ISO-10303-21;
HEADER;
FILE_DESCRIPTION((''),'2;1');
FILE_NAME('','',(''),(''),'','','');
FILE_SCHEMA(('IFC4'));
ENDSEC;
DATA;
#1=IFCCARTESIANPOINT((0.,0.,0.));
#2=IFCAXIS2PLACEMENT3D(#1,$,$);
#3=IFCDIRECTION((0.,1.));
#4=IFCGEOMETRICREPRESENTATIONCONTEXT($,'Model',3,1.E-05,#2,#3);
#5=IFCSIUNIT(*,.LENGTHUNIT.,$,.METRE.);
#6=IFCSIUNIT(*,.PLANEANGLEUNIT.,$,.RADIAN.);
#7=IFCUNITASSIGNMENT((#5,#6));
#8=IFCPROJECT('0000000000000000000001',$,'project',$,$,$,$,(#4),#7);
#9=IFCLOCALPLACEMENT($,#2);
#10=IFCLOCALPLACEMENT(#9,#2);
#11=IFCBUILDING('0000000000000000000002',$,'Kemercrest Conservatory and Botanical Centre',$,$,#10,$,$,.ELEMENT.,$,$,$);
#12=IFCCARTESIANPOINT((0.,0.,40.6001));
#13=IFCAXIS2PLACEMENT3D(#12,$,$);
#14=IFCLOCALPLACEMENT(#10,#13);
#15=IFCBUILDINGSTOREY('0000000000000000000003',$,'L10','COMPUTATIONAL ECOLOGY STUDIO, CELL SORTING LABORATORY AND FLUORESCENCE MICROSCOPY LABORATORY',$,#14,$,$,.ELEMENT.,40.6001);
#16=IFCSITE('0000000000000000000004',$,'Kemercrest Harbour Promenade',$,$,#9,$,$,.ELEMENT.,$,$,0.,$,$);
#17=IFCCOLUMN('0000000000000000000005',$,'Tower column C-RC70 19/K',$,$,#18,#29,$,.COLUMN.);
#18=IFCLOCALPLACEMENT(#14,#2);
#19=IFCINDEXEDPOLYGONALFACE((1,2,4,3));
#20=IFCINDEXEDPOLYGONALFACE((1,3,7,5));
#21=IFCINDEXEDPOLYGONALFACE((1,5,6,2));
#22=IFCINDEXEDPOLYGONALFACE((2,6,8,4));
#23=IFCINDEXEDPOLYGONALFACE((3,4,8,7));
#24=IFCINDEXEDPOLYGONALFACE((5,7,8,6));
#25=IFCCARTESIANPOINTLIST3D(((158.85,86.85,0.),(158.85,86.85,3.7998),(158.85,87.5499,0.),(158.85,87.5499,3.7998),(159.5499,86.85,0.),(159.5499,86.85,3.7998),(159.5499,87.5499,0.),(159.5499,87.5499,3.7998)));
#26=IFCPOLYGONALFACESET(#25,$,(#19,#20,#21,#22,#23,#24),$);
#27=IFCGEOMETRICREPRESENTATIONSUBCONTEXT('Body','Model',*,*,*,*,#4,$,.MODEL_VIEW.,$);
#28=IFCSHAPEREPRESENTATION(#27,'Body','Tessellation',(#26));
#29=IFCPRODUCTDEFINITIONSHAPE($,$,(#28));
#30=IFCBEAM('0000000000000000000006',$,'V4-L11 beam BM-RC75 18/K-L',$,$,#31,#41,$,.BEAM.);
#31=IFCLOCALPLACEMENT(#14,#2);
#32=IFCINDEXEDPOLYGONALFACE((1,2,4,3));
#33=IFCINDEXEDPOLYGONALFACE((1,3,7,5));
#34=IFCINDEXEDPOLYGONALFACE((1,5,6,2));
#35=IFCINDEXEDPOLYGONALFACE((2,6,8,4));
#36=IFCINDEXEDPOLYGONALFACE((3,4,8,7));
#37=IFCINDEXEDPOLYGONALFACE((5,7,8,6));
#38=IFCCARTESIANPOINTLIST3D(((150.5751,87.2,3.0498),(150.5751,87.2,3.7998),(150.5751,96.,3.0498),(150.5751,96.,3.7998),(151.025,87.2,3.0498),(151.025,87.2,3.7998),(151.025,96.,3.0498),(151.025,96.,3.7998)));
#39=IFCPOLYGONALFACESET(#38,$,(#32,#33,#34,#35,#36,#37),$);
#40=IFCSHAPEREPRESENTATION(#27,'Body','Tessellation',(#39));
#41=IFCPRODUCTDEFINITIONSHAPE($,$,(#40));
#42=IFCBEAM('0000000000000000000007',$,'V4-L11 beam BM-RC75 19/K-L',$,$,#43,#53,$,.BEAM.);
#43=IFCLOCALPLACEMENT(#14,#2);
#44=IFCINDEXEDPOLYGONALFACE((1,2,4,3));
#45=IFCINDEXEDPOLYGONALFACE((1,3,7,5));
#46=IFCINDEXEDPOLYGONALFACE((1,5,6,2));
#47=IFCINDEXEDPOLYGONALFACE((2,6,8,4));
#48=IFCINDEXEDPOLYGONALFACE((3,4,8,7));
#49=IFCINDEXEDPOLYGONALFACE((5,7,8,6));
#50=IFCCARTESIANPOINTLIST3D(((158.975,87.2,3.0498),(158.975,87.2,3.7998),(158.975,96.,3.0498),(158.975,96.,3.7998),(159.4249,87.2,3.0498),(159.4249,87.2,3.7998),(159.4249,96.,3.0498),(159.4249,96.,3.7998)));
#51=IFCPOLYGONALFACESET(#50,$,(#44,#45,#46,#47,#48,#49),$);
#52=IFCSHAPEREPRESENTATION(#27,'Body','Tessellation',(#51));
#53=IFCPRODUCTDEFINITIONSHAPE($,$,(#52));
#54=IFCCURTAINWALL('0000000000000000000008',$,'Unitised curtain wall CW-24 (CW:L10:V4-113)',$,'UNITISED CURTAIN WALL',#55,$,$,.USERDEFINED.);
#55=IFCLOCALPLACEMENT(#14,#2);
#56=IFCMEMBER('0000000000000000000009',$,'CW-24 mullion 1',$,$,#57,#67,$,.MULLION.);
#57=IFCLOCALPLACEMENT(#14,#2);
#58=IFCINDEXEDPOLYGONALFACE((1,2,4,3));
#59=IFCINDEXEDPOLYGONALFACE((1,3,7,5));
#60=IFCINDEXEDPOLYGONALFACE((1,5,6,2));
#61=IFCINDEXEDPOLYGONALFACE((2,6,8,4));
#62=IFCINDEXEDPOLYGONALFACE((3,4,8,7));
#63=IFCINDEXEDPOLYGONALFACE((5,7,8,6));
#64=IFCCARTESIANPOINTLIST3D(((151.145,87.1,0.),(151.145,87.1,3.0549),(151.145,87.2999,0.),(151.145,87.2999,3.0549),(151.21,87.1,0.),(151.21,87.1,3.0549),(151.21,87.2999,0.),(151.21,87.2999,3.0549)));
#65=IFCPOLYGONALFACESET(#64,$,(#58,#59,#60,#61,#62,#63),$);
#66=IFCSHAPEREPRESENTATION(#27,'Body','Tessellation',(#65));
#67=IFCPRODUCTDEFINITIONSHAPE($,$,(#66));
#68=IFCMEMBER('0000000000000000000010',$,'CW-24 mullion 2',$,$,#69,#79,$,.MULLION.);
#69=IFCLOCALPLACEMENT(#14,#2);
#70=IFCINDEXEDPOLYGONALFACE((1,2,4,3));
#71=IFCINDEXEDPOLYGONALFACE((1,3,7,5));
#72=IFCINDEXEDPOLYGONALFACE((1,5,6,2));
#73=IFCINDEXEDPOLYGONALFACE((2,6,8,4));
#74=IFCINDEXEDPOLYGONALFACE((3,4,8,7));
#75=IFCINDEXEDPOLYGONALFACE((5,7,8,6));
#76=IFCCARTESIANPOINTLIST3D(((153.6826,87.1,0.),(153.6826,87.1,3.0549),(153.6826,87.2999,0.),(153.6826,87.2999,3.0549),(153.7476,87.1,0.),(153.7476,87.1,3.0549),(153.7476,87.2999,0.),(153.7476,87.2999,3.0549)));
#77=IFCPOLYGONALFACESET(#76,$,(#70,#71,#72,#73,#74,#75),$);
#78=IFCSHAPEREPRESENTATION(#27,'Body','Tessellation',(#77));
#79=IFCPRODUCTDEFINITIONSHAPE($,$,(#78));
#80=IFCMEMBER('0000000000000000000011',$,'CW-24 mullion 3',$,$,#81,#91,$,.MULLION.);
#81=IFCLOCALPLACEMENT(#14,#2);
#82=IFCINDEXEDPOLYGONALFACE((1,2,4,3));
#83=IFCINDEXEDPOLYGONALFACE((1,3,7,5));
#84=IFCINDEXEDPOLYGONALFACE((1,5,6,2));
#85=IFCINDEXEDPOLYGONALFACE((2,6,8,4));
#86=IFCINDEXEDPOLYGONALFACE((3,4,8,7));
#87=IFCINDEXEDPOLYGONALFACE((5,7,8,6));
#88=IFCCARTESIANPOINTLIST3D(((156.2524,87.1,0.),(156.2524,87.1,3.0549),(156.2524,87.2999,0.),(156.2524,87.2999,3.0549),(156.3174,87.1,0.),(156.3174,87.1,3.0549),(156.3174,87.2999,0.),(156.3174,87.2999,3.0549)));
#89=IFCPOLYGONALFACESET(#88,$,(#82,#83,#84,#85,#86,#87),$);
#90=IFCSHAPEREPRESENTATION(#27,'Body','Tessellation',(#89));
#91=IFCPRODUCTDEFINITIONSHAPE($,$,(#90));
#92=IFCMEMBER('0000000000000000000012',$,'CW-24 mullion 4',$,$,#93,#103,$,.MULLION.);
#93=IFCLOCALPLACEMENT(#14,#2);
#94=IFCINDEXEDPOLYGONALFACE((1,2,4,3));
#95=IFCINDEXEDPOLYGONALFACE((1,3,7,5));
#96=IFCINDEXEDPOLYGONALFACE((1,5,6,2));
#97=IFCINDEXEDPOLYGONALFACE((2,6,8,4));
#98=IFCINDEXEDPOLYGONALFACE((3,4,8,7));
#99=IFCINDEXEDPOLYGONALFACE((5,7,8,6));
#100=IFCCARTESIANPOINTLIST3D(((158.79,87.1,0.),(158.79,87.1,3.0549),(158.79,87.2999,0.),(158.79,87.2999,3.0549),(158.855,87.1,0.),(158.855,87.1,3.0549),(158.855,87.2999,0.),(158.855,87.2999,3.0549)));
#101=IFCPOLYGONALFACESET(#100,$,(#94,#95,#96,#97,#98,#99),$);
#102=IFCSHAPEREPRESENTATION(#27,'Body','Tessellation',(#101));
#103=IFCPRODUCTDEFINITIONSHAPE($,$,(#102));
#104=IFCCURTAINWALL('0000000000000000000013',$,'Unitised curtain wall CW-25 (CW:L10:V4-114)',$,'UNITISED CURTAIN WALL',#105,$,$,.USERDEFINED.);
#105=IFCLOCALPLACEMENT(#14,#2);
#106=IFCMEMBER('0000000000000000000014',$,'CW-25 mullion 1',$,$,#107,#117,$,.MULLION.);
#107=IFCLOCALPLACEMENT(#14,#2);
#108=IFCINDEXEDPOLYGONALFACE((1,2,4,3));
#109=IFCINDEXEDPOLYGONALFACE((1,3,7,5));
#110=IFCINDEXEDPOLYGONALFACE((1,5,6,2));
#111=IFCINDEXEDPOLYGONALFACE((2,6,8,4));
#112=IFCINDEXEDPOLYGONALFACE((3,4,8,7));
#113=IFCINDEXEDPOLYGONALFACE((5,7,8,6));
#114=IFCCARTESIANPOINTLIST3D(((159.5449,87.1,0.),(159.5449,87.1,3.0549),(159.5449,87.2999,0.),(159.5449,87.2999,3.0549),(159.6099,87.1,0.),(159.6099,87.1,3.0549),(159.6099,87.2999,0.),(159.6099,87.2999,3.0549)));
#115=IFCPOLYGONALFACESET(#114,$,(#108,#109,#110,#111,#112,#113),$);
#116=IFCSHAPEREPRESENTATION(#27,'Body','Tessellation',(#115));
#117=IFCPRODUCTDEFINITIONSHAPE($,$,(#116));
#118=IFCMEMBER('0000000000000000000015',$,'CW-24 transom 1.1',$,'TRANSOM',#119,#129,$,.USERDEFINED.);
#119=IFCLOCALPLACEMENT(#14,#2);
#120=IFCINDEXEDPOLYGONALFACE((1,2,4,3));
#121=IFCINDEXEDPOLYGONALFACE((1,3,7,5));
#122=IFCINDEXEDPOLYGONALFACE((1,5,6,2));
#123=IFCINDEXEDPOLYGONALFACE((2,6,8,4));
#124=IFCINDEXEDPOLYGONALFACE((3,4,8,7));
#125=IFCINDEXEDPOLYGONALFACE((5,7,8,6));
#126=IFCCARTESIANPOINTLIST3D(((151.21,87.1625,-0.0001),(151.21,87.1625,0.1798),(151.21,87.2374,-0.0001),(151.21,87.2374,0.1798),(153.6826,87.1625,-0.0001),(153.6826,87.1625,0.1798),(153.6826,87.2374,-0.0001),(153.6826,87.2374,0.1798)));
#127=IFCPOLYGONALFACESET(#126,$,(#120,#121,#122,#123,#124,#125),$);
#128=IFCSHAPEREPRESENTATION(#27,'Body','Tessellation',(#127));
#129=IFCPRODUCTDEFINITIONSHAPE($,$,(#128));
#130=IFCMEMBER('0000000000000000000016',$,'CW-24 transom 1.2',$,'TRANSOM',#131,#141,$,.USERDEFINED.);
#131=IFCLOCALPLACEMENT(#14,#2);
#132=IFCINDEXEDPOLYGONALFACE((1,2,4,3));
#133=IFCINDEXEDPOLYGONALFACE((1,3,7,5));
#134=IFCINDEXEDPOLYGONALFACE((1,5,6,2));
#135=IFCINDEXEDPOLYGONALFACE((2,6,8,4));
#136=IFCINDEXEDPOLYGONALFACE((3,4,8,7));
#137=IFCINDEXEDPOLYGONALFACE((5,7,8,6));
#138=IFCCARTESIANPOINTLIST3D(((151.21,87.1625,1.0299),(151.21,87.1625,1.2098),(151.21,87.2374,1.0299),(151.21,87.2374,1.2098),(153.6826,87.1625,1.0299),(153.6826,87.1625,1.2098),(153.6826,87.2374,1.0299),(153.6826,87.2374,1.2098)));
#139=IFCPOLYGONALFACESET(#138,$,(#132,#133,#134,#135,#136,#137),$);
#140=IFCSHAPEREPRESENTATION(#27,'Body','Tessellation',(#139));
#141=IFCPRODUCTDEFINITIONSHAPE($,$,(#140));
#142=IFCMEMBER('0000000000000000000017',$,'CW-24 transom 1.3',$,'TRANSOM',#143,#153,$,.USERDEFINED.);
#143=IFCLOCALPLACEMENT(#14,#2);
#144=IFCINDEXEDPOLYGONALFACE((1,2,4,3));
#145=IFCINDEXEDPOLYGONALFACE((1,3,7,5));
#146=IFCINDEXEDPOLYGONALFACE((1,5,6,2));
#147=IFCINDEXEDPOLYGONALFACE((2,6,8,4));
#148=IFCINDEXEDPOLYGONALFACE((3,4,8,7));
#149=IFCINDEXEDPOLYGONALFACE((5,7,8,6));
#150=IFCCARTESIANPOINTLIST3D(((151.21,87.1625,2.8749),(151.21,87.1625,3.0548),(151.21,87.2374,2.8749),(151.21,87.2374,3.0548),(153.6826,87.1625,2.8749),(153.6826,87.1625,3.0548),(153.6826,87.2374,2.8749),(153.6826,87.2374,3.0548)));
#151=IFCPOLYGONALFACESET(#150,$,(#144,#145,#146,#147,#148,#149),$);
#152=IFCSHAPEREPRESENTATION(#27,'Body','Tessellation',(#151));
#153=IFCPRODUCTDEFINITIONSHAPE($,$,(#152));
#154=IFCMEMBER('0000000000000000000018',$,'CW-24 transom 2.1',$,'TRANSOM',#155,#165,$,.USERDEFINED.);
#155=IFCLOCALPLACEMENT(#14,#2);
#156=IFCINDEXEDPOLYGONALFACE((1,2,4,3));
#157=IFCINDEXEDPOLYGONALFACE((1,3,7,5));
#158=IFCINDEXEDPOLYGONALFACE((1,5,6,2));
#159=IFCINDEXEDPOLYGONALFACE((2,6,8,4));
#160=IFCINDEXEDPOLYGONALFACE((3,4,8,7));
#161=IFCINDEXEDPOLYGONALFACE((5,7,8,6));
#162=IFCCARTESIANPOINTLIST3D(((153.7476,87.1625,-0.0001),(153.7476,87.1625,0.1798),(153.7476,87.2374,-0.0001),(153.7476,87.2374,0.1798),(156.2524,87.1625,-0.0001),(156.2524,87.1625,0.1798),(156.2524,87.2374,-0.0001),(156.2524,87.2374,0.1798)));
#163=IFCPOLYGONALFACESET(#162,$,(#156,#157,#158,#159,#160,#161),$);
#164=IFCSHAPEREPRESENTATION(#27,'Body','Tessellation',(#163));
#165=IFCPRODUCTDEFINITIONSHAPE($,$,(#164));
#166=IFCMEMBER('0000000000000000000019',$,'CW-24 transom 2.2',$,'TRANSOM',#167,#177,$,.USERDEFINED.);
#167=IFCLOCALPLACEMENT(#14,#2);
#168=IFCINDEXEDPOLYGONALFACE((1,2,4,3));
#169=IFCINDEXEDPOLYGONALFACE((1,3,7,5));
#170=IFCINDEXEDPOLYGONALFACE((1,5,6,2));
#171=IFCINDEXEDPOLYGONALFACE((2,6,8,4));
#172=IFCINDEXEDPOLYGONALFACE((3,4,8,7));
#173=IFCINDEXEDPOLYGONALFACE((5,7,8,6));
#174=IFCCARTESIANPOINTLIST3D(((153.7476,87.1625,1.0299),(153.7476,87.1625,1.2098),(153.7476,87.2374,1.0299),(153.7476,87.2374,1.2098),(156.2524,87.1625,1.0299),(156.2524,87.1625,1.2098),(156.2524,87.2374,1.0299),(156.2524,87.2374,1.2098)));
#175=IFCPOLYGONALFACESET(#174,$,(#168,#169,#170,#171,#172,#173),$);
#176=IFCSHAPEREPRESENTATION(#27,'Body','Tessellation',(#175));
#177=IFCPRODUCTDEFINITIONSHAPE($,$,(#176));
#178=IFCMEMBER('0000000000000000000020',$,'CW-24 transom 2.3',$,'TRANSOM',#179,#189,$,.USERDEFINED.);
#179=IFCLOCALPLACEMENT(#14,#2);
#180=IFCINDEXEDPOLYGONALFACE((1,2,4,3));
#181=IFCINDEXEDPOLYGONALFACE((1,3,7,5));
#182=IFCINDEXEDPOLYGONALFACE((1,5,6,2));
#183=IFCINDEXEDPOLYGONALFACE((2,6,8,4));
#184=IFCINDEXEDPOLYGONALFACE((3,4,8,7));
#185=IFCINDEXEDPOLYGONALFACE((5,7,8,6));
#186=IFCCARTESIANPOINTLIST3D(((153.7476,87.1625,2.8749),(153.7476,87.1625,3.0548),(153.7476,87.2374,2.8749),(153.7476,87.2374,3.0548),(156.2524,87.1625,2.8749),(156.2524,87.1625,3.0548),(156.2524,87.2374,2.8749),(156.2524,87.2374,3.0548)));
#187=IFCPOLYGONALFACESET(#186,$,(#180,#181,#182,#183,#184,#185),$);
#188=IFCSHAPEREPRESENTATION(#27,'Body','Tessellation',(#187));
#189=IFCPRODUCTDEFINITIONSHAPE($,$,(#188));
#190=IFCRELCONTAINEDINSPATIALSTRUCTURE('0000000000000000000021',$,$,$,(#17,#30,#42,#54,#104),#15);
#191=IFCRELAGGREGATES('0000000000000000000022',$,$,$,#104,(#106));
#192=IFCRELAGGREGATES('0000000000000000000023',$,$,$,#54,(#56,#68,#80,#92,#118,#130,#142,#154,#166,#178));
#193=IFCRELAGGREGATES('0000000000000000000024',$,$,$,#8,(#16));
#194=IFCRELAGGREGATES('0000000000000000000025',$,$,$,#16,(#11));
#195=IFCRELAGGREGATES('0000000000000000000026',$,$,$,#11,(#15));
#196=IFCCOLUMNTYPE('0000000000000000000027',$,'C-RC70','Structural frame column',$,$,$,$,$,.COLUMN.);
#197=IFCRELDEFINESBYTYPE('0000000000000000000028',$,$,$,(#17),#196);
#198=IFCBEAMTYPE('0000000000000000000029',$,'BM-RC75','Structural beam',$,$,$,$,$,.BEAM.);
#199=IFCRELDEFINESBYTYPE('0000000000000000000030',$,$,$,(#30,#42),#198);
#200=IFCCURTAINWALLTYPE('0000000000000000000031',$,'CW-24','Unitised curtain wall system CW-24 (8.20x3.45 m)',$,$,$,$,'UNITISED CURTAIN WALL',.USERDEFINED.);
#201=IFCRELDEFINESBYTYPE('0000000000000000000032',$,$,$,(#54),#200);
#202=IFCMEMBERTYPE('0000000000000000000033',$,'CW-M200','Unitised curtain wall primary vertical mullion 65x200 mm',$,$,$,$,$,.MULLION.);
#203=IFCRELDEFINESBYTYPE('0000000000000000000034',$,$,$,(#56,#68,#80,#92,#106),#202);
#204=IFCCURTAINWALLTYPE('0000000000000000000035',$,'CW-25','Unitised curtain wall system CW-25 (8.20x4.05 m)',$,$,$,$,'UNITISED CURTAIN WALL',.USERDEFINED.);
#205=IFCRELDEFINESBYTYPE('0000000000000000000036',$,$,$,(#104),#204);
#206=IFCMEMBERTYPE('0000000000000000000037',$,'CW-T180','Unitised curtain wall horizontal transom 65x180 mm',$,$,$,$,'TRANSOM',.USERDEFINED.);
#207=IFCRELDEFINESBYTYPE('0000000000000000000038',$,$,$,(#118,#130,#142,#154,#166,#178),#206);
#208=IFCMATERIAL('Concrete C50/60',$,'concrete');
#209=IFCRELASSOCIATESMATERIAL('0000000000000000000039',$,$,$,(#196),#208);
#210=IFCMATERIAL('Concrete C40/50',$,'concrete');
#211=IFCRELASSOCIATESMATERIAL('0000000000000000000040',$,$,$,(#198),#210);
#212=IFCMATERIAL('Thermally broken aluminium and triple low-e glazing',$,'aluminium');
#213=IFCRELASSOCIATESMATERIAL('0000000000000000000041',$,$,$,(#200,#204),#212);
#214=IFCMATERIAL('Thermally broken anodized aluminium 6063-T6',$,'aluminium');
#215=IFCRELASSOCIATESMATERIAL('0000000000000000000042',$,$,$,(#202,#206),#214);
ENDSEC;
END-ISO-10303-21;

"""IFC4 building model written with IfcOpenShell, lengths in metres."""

from ifc_helpers import new_model, si_unit, direction, frame, origin, origin_2d, place, context, subcontext, project, spatial, rectangle, extrude, material, material_profile, profile_set, type_object, element, aggregate, save


model = new_model("IFC4")

# Units and contexts
model_context = context("Model", 3, precision=1e-05, world=origin(), true_north=direction((0.0, 1.0)))
body_context = subcontext(model_context, "Body", "Model", "MODEL_VIEW")
ifc_project = project(units=[si_unit("LENGTHUNIT", "METRE"), si_unit("PLANEANGLEUNIT", "RADIAN")], contexts=[model_context])

# Site, building, storey
site_placement = place(None, origin())
site = spatial("IfcSite", under=ifc_project, at=site_placement, Name="Kemercrest Harbour Promenade", CompositionType="ELEMENT", RefElevation=0.0)
building_placement = place(site_placement, origin())
building = spatial("IfcBuilding", under=site, at=building_placement, Name="Kemercrest Conservatory and Botanical Centre", CompositionType="ELEMENT")
storey_placement = place(building_placement, frame((0.0, 0.0, 40.6001)))
storey = spatial("IfcBuildingStorey", under=building, at=storey_placement, Name="L10", Description="COMPUTATIONAL ECOLOGY STUDIO, CELL SORTING LABORATORY AND FLUORESCENCE MICROSCOPY LABORATORY", CompositionType="ELEMENT", Elevation=40.6001)

# Column
ifc_material_1 = material(Name="Concrete C50/60", Category="concrete")
ifc_material_profile_1 = material_profile(ifc_material_1, rectangle(XDim=0.7, YDim=0.7, at=origin_2d()), Name="RC 700x700")
ifc_profile_set_1 = profile_set([ifc_material_profile_1], Name="Concrete C50/60")
column_type = type_object("IfcColumnType", Name="C-RC70", Description="Structural frame column", PredefinedType="COLUMN", material=ifc_profile_set_1)
column_placement = place(storey_placement, frame((159.2, 87.2, 0.0), z_axis=(0.0, 0.0, 1.0), x_axis=(1.0, 0.0, 0.0)))
element("IfcColumn", 1, at=column_placement, inside=storey, type_object=column_type, Name="Tower column C-RC70 19/K", PredefinedType="COLUMN", context=body_context, shape_type="SweptSolid", body=[
    extrude(rectangle(XDim=0.7, YDim=0.7, at=origin_2d()), origin(), (0.0, 0.0, 1.0), 3.7998),
])

# Beams
ifc_material_2 = material(Name="Concrete C40/50", Category="concrete")
ifc_material_profile_2 = material_profile(ifc_material_2, rectangle(XDim=0.45, YDim=0.75, at=origin_2d()), Name="RC 450x750")
ifc_profile_set_2 = profile_set([ifc_material_profile_2], Name="Concrete C40/50")
beam_type_1 = type_object("IfcBeamType", Name="BM-RC75", Description="Structural beam", PredefinedType="BEAM", material=ifc_profile_set_2)
for number, where, z_axis, x_axis, name in (
    (2, (150.8, 87.2, 3.4248), (0.0, 1.0, 0.0), (-1.0, 0.0, 0.0), "V4-L11 beam BM-RC75 18/K-L"),
    (3, (159.2, 87.2, 3.4248), (0.0, 1.0, 0.0), (-1.0, 0.0, 0.0), "V4-L11 beam BM-RC75 19/K-L"),
):
    element("IfcBeam", number, at=place(storey_placement, frame(where, z_axis=z_axis, x_axis=x_axis)), inside=storey, type_object=beam_type_1, Name=name, PredefinedType="BEAM", context=body_context, shape_type="SweptSolid", body=[
        extrude(rectangle(XDim=0.45, YDim=0.75, at=origin_2d()), origin(), (0.0, 0.0, 1.0), 8.8),
    ])

# Curtain wall, members
ifc_material_3 = material(Name="Thermally broken aluminium and triple low-e glazing", Category="aluminium")
curtain_wall_type_1 = type_object("IfcCurtainWallType", Name="CW-24", Description="Unitised curtain wall system CW-24 (8.20x3.45 m)", ElementType="UNITISED CURTAIN WALL", PredefinedType="USERDEFINED", material=ifc_material_3)
curtain_wall_1_placement = place(storey_placement, origin())
curtain_wall_1 = element("IfcCurtainWall", 4, at=curtain_wall_1_placement, inside=storey, type_object=curtain_wall_type_1, Name="Unitised curtain wall CW-24 (CW:L10:V4-113)", ObjectType="UNITISED CURTAIN WALL", PredefinedType="USERDEFINED")
ifc_material_4 = material(Name="Thermally broken anodized aluminium 6063-T6", Category="aluminium")
ifc_material_profile_3 = material_profile(ifc_material_4, rectangle(XDim=0.2, YDim=0.0649, at=origin_2d()), Name="AL MULLION 65x200")
ifc_profile_set_3 = profile_set([ifc_material_profile_3], Name="Thermally broken anodized aluminium 6063-T6")
member_type_1 = type_object("IfcMemberType", Name="CW-M200", Description="Unitised curtain wall primary vertical mullion 65x200 mm", PredefinedType="MULLION", material=ifc_profile_set_3)
member_1_placement = place(storey_placement, frame((151.1775, 87.2, 0.0), z_axis=(0.0, 0.0, 1.0), x_axis=(0.0, 1.0, 0.0)))
member_1 = element("IfcMember", 5, at=member_1_placement, type_object=member_type_1, Name="CW-24 mullion 1", PredefinedType="MULLION", context=body_context, shape_type="SweptSolid", body=[
    extrude(rectangle(XDim=0.2, YDim=0.0649, at=origin_2d()), origin(), (0.0, 0.0, 1.0), 3.0549),
])
member_2_placement = place(storey_placement, frame((153.7151, 87.2, 0.0), z_axis=(0.0, 0.0, 1.0), x_axis=(0.0, 1.0, 0.0)))
member_2 = element("IfcMember", 6, at=member_2_placement, type_object=member_type_1, Name="CW-24 mullion 2", PredefinedType="MULLION", context=body_context, shape_type="SweptSolid", body=[
    extrude(rectangle(XDim=0.2, YDim=0.0649, at=origin_2d()), origin(), (0.0, 0.0, 1.0), 3.0549),
])
member_3_placement = place(storey_placement, frame((156.2849, 87.2, 0.0), z_axis=(0.0, 0.0, 1.0), x_axis=(0.0, 1.0, 0.0)))
member_3 = element("IfcMember", 7, at=member_3_placement, type_object=member_type_1, Name="CW-24 mullion 3", PredefinedType="MULLION", context=body_context, shape_type="SweptSolid", body=[
    extrude(rectangle(XDim=0.2, YDim=0.0649, at=origin_2d()), origin(), (0.0, 0.0, 1.0), 3.0549),
])
member_4_placement = place(storey_placement, frame((158.8225, 87.2, 0.0), z_axis=(0.0, 0.0, 1.0), x_axis=(0.0, 1.0, 0.0)))
member_4 = element("IfcMember", 8, at=member_4_placement, type_object=member_type_1, Name="CW-24 mullion 4", PredefinedType="MULLION", context=body_context, shape_type="SweptSolid", body=[
    extrude(rectangle(XDim=0.2, YDim=0.0649, at=origin_2d()), origin(), (0.0, 0.0, 1.0), 3.0549),
])

# Curtain wall, member
curtain_wall_type_2 = type_object("IfcCurtainWallType", Name="CW-25", Description="Unitised curtain wall system CW-25 (8.20x4.05 m)", ElementType="UNITISED CURTAIN WALL", PredefinedType="USERDEFINED", material=ifc_material_3)
curtain_wall_2_placement = place(storey_placement, origin())
curtain_wall_2 = element("IfcCurtainWall", 9, at=curtain_wall_2_placement, inside=storey, type_object=curtain_wall_type_2, Name="Unitised curtain wall CW-25 (CW:L10:V4-114)", ObjectType="UNITISED CURTAIN WALL", PredefinedType="USERDEFINED")
member_5_placement = place(storey_placement, frame((159.5774, 87.2, 0.0), z_axis=(0.0, 0.0, 1.0), x_axis=(0.0, 1.0, 0.0)))
member_5 = element("IfcMember", 10, at=member_5_placement, type_object=member_type_1, Name="CW-25 mullion 1", PredefinedType="MULLION", context=body_context, shape_type="SweptSolid", body=[
    extrude(rectangle(XDim=0.2, YDim=0.0649, at=origin_2d()), origin(), (0.0, 0.0, 1.0), 3.0549),
])

# Members
ifc_material_profile_4 = material_profile(ifc_material_4, rectangle(XDim=0.075, YDim=0.1799, at=origin_2d()), Name="AL TRANSOM 75x180")
ifc_profile_set_4 = profile_set([ifc_material_profile_4], Name="Thermally broken anodized aluminium 6063-T6")
member_type_2 = type_object("IfcMemberType", Name="CW-T180", Description="Unitised curtain wall horizontal transom 65x180 mm", ElementType="TRANSOM", PredefinedType="USERDEFINED", material=ifc_profile_set_4)
member_6_placement = place(storey_placement, frame((151.21, 87.2, 0.0898), z_axis=(1.0, 0.0, 0.0), x_axis=(0.0, 1.0, 0.0)))
member_6 = element("IfcMember", 11, at=member_6_placement, type_object=member_type_2, Name="CW-24 transom 1.1", ObjectType="TRANSOM", PredefinedType="USERDEFINED", context=body_context, shape_type="SweptSolid", body=[
    extrude(rectangle(XDim=0.075, YDim=0.1799, at=origin_2d()), origin(), (0.0, 0.0, 1.0), 2.4727),
])
member_7_placement = place(storey_placement, frame((151.21, 87.2, 1.1199), z_axis=(1.0, 0.0, 0.0), x_axis=(0.0, 1.0, 0.0)))
member_7 = element("IfcMember", 12, at=member_7_placement, type_object=member_type_2, Name="CW-24 transom 1.2", ObjectType="TRANSOM", PredefinedType="USERDEFINED", context=body_context, shape_type="SweptSolid", body=[
    extrude(rectangle(XDim=0.075, YDim=0.1799, at=origin_2d()), origin(), (0.0, 0.0, 1.0), 2.4727),
])
member_8_placement = place(storey_placement, frame((151.21, 87.2, 2.9648), z_axis=(1.0, 0.0, 0.0), x_axis=(0.0, 1.0, 0.0)))
member_8 = element("IfcMember", 13, at=member_8_placement, type_object=member_type_2, Name="CW-24 transom 1.3", ObjectType="TRANSOM", PredefinedType="USERDEFINED", context=body_context, shape_type="SweptSolid", body=[
    extrude(rectangle(XDim=0.075, YDim=0.1799, at=origin_2d()), origin(), (0.0, 0.0, 1.0), 2.4727),
])
member_9_placement = place(storey_placement, frame((153.7476, 87.2, 0.0898), z_axis=(1.0, 0.0, 0.0), x_axis=(0.0, 1.0, 0.0)))
member_9 = element("IfcMember", 14, at=member_9_placement, type_object=member_type_2, Name="CW-24 transom 2.1", ObjectType="TRANSOM", PredefinedType="USERDEFINED", context=body_context, shape_type="SweptSolid", body=[
    extrude(rectangle(XDim=0.075, YDim=0.1799, at=origin_2d()), origin(), (0.0, 0.0, 1.0), 2.5049),
])
member_10_placement = place(storey_placement, frame((153.7476, 87.2, 1.1199), z_axis=(1.0, 0.0, 0.0), x_axis=(0.0, 1.0, 0.0)))
member_10 = element("IfcMember", 15, at=member_10_placement, type_object=member_type_2, Name="CW-24 transom 2.2", ObjectType="TRANSOM", PredefinedType="USERDEFINED", context=body_context, shape_type="SweptSolid", body=[
    extrude(rectangle(XDim=0.075, YDim=0.1799, at=origin_2d()), origin(), (0.0, 0.0, 1.0), 2.5049),
])
member_11_placement = place(storey_placement, frame((153.7476, 87.2, 2.9648), z_axis=(1.0, 0.0, 0.0), x_axis=(0.0, 1.0, 0.0)))
member_11 = element("IfcMember", 16, at=member_11_placement, type_object=member_type_2, Name="CW-24 transom 2.3", ObjectType="TRANSOM", PredefinedType="USERDEFINED", context=body_context, shape_type="SweptSolid", body=[
    extrude(rectangle(XDim=0.075, YDim=0.1799, at=origin_2d()), origin(), (0.0, 0.0, 1.0), 2.5049),
])
aggregate(curtain_wall_2, [member_5])

aggregate(curtain_wall_1, [member_1, member_2, member_3, member_4, member_6, member_7, member_8, member_9, member_10, member_11])

save(model, "model.ifc")
